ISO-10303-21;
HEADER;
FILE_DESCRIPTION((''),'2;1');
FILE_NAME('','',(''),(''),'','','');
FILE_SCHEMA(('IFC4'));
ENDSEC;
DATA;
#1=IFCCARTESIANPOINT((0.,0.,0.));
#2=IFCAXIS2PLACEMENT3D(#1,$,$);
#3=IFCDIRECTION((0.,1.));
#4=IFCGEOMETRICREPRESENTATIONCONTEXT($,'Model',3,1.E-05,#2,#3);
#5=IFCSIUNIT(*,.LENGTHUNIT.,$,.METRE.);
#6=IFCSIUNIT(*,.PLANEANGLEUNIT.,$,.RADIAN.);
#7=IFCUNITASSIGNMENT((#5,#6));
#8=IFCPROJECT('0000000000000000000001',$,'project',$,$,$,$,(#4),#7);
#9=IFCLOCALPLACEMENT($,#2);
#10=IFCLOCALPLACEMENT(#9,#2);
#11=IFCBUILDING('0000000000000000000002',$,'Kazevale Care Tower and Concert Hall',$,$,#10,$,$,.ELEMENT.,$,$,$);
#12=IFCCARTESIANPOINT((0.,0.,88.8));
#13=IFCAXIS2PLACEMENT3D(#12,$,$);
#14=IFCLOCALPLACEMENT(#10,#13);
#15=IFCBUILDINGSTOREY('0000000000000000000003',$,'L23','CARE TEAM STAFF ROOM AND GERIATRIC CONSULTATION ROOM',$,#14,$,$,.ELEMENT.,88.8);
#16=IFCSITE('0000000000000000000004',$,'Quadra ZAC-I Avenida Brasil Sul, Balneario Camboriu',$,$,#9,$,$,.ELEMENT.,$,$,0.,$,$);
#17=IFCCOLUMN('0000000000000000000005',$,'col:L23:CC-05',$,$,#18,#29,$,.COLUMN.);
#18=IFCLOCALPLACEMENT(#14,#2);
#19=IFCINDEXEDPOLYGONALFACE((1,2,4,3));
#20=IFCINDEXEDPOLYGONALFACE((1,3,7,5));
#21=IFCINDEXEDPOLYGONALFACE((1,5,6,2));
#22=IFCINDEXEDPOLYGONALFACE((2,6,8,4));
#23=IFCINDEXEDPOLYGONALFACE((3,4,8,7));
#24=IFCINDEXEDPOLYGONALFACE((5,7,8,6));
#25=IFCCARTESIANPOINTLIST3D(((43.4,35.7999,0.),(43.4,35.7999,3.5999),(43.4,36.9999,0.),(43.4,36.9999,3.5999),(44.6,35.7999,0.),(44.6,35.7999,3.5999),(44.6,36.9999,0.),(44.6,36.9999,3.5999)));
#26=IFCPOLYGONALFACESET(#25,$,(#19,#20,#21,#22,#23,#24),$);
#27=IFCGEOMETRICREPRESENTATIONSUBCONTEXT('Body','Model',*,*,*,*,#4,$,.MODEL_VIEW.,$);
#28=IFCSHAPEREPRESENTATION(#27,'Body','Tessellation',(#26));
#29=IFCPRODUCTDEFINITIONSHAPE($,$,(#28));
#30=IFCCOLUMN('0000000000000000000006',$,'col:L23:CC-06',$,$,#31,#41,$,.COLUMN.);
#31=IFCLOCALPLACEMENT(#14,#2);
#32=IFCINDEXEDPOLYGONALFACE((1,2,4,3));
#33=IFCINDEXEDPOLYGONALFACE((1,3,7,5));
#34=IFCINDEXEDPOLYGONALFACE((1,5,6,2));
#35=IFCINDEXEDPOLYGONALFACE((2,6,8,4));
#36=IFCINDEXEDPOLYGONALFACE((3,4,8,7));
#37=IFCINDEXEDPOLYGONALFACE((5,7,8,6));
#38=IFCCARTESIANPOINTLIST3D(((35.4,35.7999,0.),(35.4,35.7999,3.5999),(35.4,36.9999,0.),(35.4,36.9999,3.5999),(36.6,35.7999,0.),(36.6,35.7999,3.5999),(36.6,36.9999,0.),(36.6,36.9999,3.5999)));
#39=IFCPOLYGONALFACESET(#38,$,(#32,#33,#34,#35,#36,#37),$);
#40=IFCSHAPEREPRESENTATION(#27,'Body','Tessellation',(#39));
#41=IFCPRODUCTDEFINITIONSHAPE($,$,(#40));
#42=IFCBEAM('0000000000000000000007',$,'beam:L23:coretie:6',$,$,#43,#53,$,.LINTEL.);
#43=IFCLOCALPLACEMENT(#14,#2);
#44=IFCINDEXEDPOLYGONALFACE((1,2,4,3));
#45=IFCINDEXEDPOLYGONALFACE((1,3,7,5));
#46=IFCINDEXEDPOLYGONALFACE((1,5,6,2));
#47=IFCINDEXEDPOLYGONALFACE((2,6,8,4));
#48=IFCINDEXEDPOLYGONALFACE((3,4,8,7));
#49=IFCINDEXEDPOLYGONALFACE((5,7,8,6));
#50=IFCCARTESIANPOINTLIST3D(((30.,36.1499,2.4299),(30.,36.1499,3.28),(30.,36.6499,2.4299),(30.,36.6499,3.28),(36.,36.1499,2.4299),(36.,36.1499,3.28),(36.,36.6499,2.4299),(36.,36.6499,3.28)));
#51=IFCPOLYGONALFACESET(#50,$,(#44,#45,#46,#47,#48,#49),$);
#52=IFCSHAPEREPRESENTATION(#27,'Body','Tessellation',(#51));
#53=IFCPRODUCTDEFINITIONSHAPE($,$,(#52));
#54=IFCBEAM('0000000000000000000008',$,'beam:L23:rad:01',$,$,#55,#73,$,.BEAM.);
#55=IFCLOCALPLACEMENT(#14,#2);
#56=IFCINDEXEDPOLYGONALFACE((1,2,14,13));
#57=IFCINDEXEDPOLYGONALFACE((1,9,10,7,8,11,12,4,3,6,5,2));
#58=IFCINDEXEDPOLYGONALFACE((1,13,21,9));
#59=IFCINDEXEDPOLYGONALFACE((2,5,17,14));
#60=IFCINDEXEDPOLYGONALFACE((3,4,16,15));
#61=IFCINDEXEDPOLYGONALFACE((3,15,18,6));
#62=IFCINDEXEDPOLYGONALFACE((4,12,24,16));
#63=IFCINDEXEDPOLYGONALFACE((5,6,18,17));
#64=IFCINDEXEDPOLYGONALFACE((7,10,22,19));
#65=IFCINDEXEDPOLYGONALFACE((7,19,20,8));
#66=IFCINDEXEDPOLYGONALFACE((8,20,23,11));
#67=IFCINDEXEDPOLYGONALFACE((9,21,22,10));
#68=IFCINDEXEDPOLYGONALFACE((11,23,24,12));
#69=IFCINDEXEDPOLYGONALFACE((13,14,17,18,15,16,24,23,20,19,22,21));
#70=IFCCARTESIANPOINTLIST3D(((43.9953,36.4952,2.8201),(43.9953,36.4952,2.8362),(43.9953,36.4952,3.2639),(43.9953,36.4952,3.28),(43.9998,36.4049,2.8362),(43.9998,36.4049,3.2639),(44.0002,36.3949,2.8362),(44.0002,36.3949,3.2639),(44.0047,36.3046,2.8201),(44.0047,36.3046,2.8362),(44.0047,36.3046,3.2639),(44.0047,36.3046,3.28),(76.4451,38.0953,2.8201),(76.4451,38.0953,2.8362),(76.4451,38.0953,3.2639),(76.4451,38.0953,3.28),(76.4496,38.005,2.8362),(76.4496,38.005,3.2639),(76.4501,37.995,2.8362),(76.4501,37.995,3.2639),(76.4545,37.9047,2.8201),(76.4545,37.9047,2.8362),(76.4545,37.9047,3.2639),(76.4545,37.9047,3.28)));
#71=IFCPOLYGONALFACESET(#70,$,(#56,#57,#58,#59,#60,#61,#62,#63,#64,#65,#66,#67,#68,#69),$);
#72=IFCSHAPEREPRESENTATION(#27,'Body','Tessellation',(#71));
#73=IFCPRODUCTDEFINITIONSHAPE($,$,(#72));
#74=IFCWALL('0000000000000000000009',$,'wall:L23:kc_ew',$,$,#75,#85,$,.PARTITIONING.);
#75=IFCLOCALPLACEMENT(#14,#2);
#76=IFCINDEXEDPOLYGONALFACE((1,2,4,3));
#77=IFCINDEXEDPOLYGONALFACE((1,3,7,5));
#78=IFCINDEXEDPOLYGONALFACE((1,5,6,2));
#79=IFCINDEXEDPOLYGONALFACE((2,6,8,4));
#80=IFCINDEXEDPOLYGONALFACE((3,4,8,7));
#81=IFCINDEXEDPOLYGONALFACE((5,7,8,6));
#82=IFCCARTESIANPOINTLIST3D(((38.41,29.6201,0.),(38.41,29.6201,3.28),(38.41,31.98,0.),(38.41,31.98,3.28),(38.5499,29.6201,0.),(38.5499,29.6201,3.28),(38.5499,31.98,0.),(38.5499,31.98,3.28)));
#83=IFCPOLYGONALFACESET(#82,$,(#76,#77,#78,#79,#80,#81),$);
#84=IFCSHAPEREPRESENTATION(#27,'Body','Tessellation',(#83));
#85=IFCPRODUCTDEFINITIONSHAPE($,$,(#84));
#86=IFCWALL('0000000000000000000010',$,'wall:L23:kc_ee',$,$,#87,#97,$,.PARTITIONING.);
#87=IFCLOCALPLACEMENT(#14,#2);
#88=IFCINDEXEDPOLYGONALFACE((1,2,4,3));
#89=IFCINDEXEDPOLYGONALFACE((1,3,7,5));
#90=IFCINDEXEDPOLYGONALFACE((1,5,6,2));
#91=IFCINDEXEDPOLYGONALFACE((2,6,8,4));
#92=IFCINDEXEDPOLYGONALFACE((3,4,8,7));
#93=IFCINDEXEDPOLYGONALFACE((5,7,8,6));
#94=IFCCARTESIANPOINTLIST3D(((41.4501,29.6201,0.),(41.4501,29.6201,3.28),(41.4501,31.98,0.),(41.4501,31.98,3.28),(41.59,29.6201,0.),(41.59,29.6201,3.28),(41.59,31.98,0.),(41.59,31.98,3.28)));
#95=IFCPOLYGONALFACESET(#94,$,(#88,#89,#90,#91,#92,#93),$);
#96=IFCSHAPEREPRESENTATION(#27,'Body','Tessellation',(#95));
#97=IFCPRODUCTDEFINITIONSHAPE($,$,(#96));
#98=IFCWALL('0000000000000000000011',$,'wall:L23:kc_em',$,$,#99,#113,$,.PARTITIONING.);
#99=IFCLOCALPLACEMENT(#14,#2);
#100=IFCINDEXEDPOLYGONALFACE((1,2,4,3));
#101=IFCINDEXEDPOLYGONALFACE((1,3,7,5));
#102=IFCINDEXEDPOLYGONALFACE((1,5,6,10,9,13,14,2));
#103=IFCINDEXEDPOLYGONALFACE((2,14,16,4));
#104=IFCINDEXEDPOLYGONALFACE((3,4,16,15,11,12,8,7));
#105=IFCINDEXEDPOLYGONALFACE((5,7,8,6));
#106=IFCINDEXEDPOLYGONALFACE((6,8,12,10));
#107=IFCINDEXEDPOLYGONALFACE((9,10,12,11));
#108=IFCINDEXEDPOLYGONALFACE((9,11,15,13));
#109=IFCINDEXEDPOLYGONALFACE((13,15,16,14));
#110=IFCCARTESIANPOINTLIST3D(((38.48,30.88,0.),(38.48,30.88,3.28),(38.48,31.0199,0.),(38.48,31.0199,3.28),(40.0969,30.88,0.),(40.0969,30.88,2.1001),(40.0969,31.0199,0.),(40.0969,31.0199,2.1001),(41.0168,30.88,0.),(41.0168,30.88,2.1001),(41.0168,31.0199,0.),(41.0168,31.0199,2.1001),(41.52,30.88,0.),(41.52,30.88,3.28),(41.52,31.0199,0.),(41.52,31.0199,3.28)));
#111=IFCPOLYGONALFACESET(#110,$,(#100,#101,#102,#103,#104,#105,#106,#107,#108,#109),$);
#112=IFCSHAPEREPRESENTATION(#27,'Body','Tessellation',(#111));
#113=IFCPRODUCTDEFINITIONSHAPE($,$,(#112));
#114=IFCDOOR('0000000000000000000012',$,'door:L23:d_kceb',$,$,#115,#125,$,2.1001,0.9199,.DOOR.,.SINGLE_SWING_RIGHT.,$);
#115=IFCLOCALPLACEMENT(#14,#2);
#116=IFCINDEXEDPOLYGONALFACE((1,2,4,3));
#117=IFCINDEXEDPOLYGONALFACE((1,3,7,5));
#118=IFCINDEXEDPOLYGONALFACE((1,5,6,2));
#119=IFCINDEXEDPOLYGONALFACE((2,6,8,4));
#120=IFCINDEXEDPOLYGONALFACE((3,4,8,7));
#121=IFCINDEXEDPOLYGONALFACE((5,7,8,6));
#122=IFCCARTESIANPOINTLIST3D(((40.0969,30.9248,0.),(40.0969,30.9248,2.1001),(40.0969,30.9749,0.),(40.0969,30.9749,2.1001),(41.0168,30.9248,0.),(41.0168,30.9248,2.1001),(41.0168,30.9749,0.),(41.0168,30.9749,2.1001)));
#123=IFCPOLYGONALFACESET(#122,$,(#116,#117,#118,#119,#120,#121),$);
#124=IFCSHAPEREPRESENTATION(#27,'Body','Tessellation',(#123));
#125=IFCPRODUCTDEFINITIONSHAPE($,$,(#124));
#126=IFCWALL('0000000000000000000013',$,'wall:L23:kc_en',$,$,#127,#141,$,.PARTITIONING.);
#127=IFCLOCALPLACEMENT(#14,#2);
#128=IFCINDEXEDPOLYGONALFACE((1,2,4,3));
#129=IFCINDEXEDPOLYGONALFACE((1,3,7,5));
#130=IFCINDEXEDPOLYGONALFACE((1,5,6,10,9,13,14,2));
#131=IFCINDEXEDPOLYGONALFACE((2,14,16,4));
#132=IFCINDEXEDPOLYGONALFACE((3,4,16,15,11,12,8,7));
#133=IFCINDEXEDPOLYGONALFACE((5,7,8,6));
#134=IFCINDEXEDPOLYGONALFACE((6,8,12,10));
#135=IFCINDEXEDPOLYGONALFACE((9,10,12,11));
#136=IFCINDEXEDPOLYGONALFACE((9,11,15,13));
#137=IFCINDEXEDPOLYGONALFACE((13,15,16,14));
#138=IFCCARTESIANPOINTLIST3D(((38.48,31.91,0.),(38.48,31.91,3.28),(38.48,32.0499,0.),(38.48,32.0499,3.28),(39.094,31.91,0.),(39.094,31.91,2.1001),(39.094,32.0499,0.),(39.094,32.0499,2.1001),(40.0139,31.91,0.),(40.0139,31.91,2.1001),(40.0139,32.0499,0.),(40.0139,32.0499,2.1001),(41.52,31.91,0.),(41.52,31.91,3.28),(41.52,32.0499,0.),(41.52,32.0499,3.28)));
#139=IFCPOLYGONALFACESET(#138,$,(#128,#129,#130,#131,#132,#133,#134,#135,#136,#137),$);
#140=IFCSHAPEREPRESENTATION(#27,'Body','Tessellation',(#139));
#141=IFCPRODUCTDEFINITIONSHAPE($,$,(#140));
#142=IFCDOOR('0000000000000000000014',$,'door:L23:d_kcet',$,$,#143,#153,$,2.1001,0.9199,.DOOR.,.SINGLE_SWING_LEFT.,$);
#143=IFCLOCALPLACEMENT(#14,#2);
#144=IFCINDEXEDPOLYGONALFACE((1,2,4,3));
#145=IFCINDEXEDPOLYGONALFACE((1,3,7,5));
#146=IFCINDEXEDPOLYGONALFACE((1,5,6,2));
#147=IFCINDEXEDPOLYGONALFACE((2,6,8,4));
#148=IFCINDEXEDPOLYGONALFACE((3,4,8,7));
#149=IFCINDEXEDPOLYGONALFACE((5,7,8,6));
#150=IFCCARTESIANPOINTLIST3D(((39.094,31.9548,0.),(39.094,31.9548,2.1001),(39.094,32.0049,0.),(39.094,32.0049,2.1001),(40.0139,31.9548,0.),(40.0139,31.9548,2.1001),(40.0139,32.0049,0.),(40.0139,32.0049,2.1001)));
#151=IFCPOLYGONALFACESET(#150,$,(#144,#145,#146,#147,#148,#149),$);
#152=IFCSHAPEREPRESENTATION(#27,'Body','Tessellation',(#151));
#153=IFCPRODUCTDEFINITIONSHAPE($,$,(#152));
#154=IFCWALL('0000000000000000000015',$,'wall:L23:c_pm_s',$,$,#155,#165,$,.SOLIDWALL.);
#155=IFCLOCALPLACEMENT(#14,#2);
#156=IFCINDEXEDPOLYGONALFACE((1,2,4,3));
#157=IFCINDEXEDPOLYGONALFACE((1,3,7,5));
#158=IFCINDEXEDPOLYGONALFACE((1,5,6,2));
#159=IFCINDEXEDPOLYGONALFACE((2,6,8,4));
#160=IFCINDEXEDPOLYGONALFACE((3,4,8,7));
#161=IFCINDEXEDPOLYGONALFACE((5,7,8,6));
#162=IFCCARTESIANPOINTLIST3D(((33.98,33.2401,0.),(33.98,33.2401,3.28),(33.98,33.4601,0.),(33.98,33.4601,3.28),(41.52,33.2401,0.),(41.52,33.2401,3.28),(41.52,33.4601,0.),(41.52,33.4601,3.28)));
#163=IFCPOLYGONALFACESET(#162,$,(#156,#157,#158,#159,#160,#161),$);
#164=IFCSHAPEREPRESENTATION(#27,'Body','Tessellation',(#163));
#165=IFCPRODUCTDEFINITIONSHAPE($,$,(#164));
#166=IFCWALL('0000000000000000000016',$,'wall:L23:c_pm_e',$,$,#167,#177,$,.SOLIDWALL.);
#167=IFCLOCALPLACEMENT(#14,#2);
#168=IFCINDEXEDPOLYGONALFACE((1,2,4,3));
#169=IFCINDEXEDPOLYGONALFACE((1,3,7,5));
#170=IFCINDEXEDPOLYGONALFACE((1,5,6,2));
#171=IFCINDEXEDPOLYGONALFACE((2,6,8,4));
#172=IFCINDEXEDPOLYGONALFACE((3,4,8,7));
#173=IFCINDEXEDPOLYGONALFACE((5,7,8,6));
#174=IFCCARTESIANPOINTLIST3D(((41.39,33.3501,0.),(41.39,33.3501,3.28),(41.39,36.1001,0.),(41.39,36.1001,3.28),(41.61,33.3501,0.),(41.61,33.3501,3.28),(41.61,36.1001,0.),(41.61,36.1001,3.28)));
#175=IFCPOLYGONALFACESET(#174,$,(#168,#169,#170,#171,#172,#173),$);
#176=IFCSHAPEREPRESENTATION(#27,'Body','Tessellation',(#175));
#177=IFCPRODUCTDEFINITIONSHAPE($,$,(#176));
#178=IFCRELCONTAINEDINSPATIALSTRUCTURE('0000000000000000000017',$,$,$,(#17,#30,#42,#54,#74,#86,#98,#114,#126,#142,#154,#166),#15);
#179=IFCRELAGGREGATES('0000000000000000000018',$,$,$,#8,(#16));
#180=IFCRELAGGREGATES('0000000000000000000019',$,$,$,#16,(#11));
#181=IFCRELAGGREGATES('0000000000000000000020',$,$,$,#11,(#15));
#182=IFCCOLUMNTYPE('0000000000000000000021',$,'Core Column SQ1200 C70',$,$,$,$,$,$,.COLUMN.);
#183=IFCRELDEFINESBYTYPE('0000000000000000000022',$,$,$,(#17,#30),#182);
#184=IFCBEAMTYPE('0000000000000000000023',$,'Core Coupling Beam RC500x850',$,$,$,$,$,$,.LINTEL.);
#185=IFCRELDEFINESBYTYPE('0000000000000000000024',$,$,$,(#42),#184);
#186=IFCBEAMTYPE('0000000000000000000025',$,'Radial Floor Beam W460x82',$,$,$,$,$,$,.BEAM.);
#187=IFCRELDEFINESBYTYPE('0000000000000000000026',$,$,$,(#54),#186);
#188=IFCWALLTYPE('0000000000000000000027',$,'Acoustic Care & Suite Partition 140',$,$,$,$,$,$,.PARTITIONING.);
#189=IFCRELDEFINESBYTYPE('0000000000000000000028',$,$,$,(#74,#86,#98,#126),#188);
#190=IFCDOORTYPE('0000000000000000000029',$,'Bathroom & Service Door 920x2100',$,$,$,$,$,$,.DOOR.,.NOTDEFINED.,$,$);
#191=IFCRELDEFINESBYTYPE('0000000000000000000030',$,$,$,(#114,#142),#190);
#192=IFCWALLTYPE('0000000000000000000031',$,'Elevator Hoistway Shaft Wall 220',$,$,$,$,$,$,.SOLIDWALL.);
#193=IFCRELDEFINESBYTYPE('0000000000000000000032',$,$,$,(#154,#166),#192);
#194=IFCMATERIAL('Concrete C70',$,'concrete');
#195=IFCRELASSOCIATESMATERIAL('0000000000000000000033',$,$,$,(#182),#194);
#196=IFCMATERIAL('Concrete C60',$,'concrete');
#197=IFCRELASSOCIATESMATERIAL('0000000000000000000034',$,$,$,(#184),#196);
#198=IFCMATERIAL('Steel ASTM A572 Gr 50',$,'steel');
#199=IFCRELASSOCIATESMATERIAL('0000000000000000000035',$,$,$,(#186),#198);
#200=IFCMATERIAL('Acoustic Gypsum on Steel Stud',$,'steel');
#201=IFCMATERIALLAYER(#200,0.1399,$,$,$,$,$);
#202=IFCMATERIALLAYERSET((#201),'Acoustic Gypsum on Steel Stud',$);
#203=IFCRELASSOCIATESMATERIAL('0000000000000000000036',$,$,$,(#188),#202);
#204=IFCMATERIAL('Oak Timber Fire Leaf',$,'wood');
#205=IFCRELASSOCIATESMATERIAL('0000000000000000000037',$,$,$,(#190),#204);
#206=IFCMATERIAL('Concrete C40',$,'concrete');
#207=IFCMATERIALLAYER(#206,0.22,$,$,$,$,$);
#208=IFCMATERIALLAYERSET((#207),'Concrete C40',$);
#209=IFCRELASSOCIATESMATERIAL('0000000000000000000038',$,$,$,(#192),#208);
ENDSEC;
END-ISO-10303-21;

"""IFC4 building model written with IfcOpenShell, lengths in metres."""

from ifc_helpers import new_model, si_unit, direction, frame, frame_2d, origin, origin_2d, place, context, subcontext, project, spatial, rectangle, i_section, extrude, material, layer, layer_set, material_profile, profile_set, type_object, element, fill, save


model = new_model("IFC4")

# Units and contexts
model_context = context("Model", 3, precision=1e-05, world=origin(), true_north=direction((0.0, 1.0)))
body_context = subcontext(model_context, "Body", "Model", "MODEL_VIEW")
ifc_project = project(units=[si_unit("LENGTHUNIT", "METRE"), si_unit("PLANEANGLEUNIT", "RADIAN")], contexts=[model_context])

# Site, building, storey
site_placement = place(None, origin())
site = spatial("IfcSite", under=ifc_project, at=site_placement, Name="Quadra ZAC-I Avenida Brasil Sul, Balneario Camboriu", CompositionType="ELEMENT", RefElevation=0.0)
building_placement = place(site_placement, origin())
building = spatial("IfcBuilding", under=site, at=building_placement, Name="Kazevale Care Tower and Concert Hall", CompositionType="ELEMENT")
storey_placement = place(building_placement, frame((0.0, 0.0, 88.8)))
storey = spatial("IfcBuildingStorey", under=building, at=storey_placement, Name="L23", Description="CARE TEAM STAFF ROOM AND GERIATRIC CONSULTATION ROOM", CompositionType="ELEMENT", Elevation=88.8)

# Columns
ifc_material_1 = material(Name="Concrete C70", Category="concrete")
ifc_material_profile_1 = material_profile(ifc_material_1, rectangle(XDim=1.2, YDim=1.2, at=origin_2d()), Name="RC-SQ1200")
ifc_profile_set_1 = profile_set([ifc_material_profile_1], Name="Concrete C70")
column_type = type_object("IfcColumnType", Name="Core Column SQ1200 C70", PredefinedType="COLUMN", material=ifc_profile_set_1)
for number, where, z_axis, x_axis, name in (
    (1, (44.0, 36.3999, 0.0), (0.0, 0.0, 1.0), (1.0, 0.0, 0.0), "col:L23:CC-05"),
    (2, (36.0, 36.3999, 0.0), (0.0, 0.0, 1.0), (1.0, 0.0, 0.0), "col:L23:CC-06"),
):
    element("IfcColumn", number, at=place(storey_placement, frame(where, z_axis=z_axis, x_axis=x_axis)), inside=storey, type_object=column_type, Name=name, PredefinedType="COLUMN", context=body_context, shape_type="SweptSolid", body=[
        extrude(rectangle(XDim=1.2, YDim=1.2, at=origin_2d()), origin(), (0.0, 0.0, 1.0), 3.5999),
    ])

# Beams
ifc_material_2 = material(Name="Concrete C60", Category="concrete")
ifc_material_profile_2 = material_profile(ifc_material_2, rectangle(XDim=0.5, YDim=0.8501, at=origin_2d()), Name="RC-B500x850")
ifc_profile_set_2 = profile_set([ifc_material_profile_2], Name="Concrete C60")
beam_type_1 = type_object("IfcBeamType", Name="Core Coupling Beam RC500x850", PredefinedType="LINTEL", material=ifc_profile_set_2)
beam_1_placement = place(storey_placement, frame((36.0, 36.3999, 2.855), z_axis=(-1.0, 0.0, 0.0), x_axis=(0.0, -1.0, 0.0)))
element("IfcBeam", 3, at=beam_1_placement, inside=storey, type_object=beam_type_1, Name="beam:L23:coretie:6", PredefinedType="LINTEL", context=body_context, shape_type="SweptSolid", body=[
    extrude(rectangle(XDim=0.5, YDim=0.8501, at=origin_2d()), origin(), (0.0, 0.0, 1.0), 6.0),
])
ifc_material_3 = material(Name="Steel ASTM A572 Gr 50", Category="steel")
ifc_material_profile_3 = material_profile(ifc_material_3, i_section(OverallWidth=0.1909, OverallDepth=0.46, WebThickness=0.01, FlangeThickness=0.0161, at=origin_2d()), Name="W460x82")
ifc_profile_set_3 = profile_set([ifc_material_profile_3], Name="Steel ASTM A572 Gr 50")
beam_type_2 = type_object("IfcBeamType", Name="Radial Floor Beam W460x82", PredefinedType="BEAM", material=ifc_profile_set_3)
beam_2_placement = place(storey_placement, frame((44.0, 36.3999, 3.05), z_axis=(0.998786, 0.04925, 0.0), x_axis=(-0.04925, 0.998786, 0.0)))
element("IfcBeam", 4, at=beam_2_placement, inside=storey, type_object=beam_type_2, Name="beam:L23:rad:01", PredefinedType="BEAM", context=body_context, shape_type="SweptSolid", body=[
    extrude(i_section(OverallWidth=0.1909, OverallDepth=0.46, WebThickness=0.01, FlangeThickness=0.0161, at=origin_2d()), origin(), (0.0, 0.0, 1.0), 32.4893),
])

# Walls
ifc_material_4 = material(Name="Acoustic Gypsum on Steel Stud", Category="steel")
ifc_layer_1 = layer(ifc_material_4, 0.1399)
ifc_layer_set_1 = layer_set([ifc_layer_1], Name="Acoustic Gypsum on Steel Stud")
wall_type_1 = type_object("IfcWallType", Name="Acoustic Care & Suite Partition 140", PredefinedType="PARTITIONING", material=ifc_layer_set_1)
for number, where, z_axis, x_axis, name in (
    (5, (38.48, 29.6201, 0.0), (0.0, 0.0, 1.0), (0.0, 1.0, 0.0), "wall:L23:kc_ew"),
    (6, (41.52, 29.6201, 0.0), (0.0, 0.0, 1.0), (0.0, 1.0, 0.0), "wall:L23:kc_ee"),
):
    element("IfcWall", number, at=place(storey_placement, frame(where, z_axis=z_axis, x_axis=x_axis)), inside=storey, type_object=wall_type_1, Name=name, PredefinedType="PARTITIONING", context=body_context, shape_type="SweptSolid", body=[
        extrude(rectangle(XDim=2.3599, YDim=0.1399, at=frame_2d((1.1799, 0.0))), origin(), (0.0, 0.0, 1.0), 3.28),
    ])

# Walls, openings, doors
wall_1_placement = place(storey_placement, frame((38.48, 30.95, 0.0), z_axis=(0.0, 0.0, 1.0), x_axis=(1.0, 0.0, 0.0)))
wall_1 = element("IfcWall", 7, at=wall_1_placement, inside=storey, type_object=wall_type_1, Name="wall:L23:kc_em", PredefinedType="PARTITIONING", context=body_context, shape_type="SweptSolid", body=[
    extrude(rectangle(XDim=3.04, YDim=0.1399, at=frame_2d((1.52, 0.0))), origin(), (0.0, 0.0, 1.0), 3.28),
])
opening_1_placement = place(wall_1_placement, frame((1.6169, 0.0, 0.0)))
opening_1 = element("IfcOpeningElement", 8, at=opening_1_placement, cuts=wall_1, PredefinedType="OPENING", context=body_context, shape_type="SweptSolid", body=[
    extrude(rectangle(XDim=0.9199, YDim=2.1001, at=frame_2d((0.46, 1.05))), frame((0.0, 0.0798, 0.0), z_axis=(0.0, -1.0, 0.0), x_axis=(1.0, 0.0, 0.0)), (0.0, 0.0, 1.0), 0.1599),
])
ifc_material_5 = material(Name="Oak Timber Fire Leaf", Category="wood")
door_type = type_object("IfcDoorType", Name="Bathroom & Service Door 920x2100", OperationType="NOTDEFINED", PredefinedType="DOOR", material=ifc_material_5)
door_1_placement = place(opening_1_placement, origin())
door_1 = element("IfcDoor", 9, at=door_1_placement, inside=storey, type_object=door_type, Name="door:L23:d_kceb", OperationType="SINGLE_SWING_RIGHT", OverallHeight=2.1001, OverallWidth=0.9199, PredefinedType="DOOR", context=body_context, shape_type="SweptSolid", body=[
    extrude(rectangle(XDim=0.9199, YDim=2.1001, at=frame_2d((0.46, 1.05))), frame((0.0, 0.0249, 0.0), z_axis=(0.0, -1.0, 0.0), x_axis=(1.0, 0.0, 0.0)), (0.0, 0.0, 1.0), 0.05),
])
fill(opening_1, door_1)
wall_2_placement = place(storey_placement, frame((38.48, 31.98, 0.0), z_axis=(0.0, 0.0, 1.0), x_axis=(1.0, 0.0, 0.0)))
wall_2 = element("IfcWall", 10, at=wall_2_placement, inside=storey, type_object=wall_type_1, Name="wall:L23:kc_en", PredefinedType="PARTITIONING", context=body_context, shape_type="SweptSolid", body=[
    extrude(rectangle(XDim=3.04, YDim=0.1399, at=frame_2d((1.52, 0.0))), origin(), (0.0, 0.0, 1.0), 3.28),
])
opening_2_placement = place(wall_2_placement, frame((0.614, 0.0, 0.0)))
opening_2 = element("IfcOpeningElement", 11, at=opening_2_placement, cuts=wall_2, PredefinedType="OPENING", context=body_context, shape_type="SweptSolid", body=[
    extrude(rectangle(XDim=0.9199, YDim=2.1001, at=frame_2d((0.46, 1.05))), frame((0.0, 0.0798, 0.0), z_axis=(0.0, -1.0, 0.0), x_axis=(1.0, 0.0, 0.0)), (0.0, 0.0, 1.0), 0.1599),
])
door_2_placement = place(opening_2_placement, origin())
door_2 = element("IfcDoor", 12, at=door_2_placement, inside=storey, type_object=door_type, Name="door:L23:d_kcet", OperationType="SINGLE_SWING_LEFT", OverallHeight=2.1001, OverallWidth=0.9199, PredefinedType="DOOR", context=body_context, shape_type="SweptSolid", body=[
    extrude(rectangle(XDim=0.9199, YDim=2.1001, at=frame_2d((0.46, 1.05))), frame((0.0, 0.0249, 0.0), z_axis=(0.0, -1.0, 0.0), x_axis=(1.0, 0.0, 0.0)), (0.0, 0.0, 1.0), 0.05),
])
fill(opening_2, door_2)

# Walls
ifc_material_6 = material(Name="Concrete C40", Category="concrete")
ifc_layer_2 = layer(ifc_material_6, 0.22)
ifc_layer_set_2 = layer_set([ifc_layer_2], Name="Concrete C40")
wall_type_2 = type_object("IfcWallType", Name="Elevator Hoistway Shaft Wall 220", PredefinedType="SOLIDWALL", material=ifc_layer_set_2)
wall_3_placement = place(storey_placement, frame((33.98, 33.3501, 0.0), z_axis=(0.0, 0.0, 1.0), x_axis=(1.0, 0.0, 0.0)))
element("IfcWall", 13, at=wall_3_placement, inside=storey, type_object=wall_type_2, Name="wall:L23:c_pm_s", PredefinedType="SOLIDWALL", context=body_context, shape_type="SweptSolid", body=[
    extrude(rectangle(XDim=7.54, YDim=0.22, at=frame_2d((3.77, 0.0))), origin(), (0.0, 0.0, 1.0), 3.28),
])
wall_4_placement = place(storey_placement, frame((41.5, 33.3501, 0.0), z_axis=(0.0, 0.0, 1.0), x_axis=(0.0, 1.0, 0.0)))
element("IfcWall", 14, at=wall_4_placement, inside=storey, type_object=wall_type_2, Name="wall:L23:c_pm_e", PredefinedType="SOLIDWALL", context=body_context, shape_type="SweptSolid", body=[
    extrude(rectangle(XDim=2.75, YDim=0.22, at=frame_2d((1.375, 0.0))), origin(), (0.0, 0.0, 1.0), 3.28),
])

save(model, "model.ifc")
